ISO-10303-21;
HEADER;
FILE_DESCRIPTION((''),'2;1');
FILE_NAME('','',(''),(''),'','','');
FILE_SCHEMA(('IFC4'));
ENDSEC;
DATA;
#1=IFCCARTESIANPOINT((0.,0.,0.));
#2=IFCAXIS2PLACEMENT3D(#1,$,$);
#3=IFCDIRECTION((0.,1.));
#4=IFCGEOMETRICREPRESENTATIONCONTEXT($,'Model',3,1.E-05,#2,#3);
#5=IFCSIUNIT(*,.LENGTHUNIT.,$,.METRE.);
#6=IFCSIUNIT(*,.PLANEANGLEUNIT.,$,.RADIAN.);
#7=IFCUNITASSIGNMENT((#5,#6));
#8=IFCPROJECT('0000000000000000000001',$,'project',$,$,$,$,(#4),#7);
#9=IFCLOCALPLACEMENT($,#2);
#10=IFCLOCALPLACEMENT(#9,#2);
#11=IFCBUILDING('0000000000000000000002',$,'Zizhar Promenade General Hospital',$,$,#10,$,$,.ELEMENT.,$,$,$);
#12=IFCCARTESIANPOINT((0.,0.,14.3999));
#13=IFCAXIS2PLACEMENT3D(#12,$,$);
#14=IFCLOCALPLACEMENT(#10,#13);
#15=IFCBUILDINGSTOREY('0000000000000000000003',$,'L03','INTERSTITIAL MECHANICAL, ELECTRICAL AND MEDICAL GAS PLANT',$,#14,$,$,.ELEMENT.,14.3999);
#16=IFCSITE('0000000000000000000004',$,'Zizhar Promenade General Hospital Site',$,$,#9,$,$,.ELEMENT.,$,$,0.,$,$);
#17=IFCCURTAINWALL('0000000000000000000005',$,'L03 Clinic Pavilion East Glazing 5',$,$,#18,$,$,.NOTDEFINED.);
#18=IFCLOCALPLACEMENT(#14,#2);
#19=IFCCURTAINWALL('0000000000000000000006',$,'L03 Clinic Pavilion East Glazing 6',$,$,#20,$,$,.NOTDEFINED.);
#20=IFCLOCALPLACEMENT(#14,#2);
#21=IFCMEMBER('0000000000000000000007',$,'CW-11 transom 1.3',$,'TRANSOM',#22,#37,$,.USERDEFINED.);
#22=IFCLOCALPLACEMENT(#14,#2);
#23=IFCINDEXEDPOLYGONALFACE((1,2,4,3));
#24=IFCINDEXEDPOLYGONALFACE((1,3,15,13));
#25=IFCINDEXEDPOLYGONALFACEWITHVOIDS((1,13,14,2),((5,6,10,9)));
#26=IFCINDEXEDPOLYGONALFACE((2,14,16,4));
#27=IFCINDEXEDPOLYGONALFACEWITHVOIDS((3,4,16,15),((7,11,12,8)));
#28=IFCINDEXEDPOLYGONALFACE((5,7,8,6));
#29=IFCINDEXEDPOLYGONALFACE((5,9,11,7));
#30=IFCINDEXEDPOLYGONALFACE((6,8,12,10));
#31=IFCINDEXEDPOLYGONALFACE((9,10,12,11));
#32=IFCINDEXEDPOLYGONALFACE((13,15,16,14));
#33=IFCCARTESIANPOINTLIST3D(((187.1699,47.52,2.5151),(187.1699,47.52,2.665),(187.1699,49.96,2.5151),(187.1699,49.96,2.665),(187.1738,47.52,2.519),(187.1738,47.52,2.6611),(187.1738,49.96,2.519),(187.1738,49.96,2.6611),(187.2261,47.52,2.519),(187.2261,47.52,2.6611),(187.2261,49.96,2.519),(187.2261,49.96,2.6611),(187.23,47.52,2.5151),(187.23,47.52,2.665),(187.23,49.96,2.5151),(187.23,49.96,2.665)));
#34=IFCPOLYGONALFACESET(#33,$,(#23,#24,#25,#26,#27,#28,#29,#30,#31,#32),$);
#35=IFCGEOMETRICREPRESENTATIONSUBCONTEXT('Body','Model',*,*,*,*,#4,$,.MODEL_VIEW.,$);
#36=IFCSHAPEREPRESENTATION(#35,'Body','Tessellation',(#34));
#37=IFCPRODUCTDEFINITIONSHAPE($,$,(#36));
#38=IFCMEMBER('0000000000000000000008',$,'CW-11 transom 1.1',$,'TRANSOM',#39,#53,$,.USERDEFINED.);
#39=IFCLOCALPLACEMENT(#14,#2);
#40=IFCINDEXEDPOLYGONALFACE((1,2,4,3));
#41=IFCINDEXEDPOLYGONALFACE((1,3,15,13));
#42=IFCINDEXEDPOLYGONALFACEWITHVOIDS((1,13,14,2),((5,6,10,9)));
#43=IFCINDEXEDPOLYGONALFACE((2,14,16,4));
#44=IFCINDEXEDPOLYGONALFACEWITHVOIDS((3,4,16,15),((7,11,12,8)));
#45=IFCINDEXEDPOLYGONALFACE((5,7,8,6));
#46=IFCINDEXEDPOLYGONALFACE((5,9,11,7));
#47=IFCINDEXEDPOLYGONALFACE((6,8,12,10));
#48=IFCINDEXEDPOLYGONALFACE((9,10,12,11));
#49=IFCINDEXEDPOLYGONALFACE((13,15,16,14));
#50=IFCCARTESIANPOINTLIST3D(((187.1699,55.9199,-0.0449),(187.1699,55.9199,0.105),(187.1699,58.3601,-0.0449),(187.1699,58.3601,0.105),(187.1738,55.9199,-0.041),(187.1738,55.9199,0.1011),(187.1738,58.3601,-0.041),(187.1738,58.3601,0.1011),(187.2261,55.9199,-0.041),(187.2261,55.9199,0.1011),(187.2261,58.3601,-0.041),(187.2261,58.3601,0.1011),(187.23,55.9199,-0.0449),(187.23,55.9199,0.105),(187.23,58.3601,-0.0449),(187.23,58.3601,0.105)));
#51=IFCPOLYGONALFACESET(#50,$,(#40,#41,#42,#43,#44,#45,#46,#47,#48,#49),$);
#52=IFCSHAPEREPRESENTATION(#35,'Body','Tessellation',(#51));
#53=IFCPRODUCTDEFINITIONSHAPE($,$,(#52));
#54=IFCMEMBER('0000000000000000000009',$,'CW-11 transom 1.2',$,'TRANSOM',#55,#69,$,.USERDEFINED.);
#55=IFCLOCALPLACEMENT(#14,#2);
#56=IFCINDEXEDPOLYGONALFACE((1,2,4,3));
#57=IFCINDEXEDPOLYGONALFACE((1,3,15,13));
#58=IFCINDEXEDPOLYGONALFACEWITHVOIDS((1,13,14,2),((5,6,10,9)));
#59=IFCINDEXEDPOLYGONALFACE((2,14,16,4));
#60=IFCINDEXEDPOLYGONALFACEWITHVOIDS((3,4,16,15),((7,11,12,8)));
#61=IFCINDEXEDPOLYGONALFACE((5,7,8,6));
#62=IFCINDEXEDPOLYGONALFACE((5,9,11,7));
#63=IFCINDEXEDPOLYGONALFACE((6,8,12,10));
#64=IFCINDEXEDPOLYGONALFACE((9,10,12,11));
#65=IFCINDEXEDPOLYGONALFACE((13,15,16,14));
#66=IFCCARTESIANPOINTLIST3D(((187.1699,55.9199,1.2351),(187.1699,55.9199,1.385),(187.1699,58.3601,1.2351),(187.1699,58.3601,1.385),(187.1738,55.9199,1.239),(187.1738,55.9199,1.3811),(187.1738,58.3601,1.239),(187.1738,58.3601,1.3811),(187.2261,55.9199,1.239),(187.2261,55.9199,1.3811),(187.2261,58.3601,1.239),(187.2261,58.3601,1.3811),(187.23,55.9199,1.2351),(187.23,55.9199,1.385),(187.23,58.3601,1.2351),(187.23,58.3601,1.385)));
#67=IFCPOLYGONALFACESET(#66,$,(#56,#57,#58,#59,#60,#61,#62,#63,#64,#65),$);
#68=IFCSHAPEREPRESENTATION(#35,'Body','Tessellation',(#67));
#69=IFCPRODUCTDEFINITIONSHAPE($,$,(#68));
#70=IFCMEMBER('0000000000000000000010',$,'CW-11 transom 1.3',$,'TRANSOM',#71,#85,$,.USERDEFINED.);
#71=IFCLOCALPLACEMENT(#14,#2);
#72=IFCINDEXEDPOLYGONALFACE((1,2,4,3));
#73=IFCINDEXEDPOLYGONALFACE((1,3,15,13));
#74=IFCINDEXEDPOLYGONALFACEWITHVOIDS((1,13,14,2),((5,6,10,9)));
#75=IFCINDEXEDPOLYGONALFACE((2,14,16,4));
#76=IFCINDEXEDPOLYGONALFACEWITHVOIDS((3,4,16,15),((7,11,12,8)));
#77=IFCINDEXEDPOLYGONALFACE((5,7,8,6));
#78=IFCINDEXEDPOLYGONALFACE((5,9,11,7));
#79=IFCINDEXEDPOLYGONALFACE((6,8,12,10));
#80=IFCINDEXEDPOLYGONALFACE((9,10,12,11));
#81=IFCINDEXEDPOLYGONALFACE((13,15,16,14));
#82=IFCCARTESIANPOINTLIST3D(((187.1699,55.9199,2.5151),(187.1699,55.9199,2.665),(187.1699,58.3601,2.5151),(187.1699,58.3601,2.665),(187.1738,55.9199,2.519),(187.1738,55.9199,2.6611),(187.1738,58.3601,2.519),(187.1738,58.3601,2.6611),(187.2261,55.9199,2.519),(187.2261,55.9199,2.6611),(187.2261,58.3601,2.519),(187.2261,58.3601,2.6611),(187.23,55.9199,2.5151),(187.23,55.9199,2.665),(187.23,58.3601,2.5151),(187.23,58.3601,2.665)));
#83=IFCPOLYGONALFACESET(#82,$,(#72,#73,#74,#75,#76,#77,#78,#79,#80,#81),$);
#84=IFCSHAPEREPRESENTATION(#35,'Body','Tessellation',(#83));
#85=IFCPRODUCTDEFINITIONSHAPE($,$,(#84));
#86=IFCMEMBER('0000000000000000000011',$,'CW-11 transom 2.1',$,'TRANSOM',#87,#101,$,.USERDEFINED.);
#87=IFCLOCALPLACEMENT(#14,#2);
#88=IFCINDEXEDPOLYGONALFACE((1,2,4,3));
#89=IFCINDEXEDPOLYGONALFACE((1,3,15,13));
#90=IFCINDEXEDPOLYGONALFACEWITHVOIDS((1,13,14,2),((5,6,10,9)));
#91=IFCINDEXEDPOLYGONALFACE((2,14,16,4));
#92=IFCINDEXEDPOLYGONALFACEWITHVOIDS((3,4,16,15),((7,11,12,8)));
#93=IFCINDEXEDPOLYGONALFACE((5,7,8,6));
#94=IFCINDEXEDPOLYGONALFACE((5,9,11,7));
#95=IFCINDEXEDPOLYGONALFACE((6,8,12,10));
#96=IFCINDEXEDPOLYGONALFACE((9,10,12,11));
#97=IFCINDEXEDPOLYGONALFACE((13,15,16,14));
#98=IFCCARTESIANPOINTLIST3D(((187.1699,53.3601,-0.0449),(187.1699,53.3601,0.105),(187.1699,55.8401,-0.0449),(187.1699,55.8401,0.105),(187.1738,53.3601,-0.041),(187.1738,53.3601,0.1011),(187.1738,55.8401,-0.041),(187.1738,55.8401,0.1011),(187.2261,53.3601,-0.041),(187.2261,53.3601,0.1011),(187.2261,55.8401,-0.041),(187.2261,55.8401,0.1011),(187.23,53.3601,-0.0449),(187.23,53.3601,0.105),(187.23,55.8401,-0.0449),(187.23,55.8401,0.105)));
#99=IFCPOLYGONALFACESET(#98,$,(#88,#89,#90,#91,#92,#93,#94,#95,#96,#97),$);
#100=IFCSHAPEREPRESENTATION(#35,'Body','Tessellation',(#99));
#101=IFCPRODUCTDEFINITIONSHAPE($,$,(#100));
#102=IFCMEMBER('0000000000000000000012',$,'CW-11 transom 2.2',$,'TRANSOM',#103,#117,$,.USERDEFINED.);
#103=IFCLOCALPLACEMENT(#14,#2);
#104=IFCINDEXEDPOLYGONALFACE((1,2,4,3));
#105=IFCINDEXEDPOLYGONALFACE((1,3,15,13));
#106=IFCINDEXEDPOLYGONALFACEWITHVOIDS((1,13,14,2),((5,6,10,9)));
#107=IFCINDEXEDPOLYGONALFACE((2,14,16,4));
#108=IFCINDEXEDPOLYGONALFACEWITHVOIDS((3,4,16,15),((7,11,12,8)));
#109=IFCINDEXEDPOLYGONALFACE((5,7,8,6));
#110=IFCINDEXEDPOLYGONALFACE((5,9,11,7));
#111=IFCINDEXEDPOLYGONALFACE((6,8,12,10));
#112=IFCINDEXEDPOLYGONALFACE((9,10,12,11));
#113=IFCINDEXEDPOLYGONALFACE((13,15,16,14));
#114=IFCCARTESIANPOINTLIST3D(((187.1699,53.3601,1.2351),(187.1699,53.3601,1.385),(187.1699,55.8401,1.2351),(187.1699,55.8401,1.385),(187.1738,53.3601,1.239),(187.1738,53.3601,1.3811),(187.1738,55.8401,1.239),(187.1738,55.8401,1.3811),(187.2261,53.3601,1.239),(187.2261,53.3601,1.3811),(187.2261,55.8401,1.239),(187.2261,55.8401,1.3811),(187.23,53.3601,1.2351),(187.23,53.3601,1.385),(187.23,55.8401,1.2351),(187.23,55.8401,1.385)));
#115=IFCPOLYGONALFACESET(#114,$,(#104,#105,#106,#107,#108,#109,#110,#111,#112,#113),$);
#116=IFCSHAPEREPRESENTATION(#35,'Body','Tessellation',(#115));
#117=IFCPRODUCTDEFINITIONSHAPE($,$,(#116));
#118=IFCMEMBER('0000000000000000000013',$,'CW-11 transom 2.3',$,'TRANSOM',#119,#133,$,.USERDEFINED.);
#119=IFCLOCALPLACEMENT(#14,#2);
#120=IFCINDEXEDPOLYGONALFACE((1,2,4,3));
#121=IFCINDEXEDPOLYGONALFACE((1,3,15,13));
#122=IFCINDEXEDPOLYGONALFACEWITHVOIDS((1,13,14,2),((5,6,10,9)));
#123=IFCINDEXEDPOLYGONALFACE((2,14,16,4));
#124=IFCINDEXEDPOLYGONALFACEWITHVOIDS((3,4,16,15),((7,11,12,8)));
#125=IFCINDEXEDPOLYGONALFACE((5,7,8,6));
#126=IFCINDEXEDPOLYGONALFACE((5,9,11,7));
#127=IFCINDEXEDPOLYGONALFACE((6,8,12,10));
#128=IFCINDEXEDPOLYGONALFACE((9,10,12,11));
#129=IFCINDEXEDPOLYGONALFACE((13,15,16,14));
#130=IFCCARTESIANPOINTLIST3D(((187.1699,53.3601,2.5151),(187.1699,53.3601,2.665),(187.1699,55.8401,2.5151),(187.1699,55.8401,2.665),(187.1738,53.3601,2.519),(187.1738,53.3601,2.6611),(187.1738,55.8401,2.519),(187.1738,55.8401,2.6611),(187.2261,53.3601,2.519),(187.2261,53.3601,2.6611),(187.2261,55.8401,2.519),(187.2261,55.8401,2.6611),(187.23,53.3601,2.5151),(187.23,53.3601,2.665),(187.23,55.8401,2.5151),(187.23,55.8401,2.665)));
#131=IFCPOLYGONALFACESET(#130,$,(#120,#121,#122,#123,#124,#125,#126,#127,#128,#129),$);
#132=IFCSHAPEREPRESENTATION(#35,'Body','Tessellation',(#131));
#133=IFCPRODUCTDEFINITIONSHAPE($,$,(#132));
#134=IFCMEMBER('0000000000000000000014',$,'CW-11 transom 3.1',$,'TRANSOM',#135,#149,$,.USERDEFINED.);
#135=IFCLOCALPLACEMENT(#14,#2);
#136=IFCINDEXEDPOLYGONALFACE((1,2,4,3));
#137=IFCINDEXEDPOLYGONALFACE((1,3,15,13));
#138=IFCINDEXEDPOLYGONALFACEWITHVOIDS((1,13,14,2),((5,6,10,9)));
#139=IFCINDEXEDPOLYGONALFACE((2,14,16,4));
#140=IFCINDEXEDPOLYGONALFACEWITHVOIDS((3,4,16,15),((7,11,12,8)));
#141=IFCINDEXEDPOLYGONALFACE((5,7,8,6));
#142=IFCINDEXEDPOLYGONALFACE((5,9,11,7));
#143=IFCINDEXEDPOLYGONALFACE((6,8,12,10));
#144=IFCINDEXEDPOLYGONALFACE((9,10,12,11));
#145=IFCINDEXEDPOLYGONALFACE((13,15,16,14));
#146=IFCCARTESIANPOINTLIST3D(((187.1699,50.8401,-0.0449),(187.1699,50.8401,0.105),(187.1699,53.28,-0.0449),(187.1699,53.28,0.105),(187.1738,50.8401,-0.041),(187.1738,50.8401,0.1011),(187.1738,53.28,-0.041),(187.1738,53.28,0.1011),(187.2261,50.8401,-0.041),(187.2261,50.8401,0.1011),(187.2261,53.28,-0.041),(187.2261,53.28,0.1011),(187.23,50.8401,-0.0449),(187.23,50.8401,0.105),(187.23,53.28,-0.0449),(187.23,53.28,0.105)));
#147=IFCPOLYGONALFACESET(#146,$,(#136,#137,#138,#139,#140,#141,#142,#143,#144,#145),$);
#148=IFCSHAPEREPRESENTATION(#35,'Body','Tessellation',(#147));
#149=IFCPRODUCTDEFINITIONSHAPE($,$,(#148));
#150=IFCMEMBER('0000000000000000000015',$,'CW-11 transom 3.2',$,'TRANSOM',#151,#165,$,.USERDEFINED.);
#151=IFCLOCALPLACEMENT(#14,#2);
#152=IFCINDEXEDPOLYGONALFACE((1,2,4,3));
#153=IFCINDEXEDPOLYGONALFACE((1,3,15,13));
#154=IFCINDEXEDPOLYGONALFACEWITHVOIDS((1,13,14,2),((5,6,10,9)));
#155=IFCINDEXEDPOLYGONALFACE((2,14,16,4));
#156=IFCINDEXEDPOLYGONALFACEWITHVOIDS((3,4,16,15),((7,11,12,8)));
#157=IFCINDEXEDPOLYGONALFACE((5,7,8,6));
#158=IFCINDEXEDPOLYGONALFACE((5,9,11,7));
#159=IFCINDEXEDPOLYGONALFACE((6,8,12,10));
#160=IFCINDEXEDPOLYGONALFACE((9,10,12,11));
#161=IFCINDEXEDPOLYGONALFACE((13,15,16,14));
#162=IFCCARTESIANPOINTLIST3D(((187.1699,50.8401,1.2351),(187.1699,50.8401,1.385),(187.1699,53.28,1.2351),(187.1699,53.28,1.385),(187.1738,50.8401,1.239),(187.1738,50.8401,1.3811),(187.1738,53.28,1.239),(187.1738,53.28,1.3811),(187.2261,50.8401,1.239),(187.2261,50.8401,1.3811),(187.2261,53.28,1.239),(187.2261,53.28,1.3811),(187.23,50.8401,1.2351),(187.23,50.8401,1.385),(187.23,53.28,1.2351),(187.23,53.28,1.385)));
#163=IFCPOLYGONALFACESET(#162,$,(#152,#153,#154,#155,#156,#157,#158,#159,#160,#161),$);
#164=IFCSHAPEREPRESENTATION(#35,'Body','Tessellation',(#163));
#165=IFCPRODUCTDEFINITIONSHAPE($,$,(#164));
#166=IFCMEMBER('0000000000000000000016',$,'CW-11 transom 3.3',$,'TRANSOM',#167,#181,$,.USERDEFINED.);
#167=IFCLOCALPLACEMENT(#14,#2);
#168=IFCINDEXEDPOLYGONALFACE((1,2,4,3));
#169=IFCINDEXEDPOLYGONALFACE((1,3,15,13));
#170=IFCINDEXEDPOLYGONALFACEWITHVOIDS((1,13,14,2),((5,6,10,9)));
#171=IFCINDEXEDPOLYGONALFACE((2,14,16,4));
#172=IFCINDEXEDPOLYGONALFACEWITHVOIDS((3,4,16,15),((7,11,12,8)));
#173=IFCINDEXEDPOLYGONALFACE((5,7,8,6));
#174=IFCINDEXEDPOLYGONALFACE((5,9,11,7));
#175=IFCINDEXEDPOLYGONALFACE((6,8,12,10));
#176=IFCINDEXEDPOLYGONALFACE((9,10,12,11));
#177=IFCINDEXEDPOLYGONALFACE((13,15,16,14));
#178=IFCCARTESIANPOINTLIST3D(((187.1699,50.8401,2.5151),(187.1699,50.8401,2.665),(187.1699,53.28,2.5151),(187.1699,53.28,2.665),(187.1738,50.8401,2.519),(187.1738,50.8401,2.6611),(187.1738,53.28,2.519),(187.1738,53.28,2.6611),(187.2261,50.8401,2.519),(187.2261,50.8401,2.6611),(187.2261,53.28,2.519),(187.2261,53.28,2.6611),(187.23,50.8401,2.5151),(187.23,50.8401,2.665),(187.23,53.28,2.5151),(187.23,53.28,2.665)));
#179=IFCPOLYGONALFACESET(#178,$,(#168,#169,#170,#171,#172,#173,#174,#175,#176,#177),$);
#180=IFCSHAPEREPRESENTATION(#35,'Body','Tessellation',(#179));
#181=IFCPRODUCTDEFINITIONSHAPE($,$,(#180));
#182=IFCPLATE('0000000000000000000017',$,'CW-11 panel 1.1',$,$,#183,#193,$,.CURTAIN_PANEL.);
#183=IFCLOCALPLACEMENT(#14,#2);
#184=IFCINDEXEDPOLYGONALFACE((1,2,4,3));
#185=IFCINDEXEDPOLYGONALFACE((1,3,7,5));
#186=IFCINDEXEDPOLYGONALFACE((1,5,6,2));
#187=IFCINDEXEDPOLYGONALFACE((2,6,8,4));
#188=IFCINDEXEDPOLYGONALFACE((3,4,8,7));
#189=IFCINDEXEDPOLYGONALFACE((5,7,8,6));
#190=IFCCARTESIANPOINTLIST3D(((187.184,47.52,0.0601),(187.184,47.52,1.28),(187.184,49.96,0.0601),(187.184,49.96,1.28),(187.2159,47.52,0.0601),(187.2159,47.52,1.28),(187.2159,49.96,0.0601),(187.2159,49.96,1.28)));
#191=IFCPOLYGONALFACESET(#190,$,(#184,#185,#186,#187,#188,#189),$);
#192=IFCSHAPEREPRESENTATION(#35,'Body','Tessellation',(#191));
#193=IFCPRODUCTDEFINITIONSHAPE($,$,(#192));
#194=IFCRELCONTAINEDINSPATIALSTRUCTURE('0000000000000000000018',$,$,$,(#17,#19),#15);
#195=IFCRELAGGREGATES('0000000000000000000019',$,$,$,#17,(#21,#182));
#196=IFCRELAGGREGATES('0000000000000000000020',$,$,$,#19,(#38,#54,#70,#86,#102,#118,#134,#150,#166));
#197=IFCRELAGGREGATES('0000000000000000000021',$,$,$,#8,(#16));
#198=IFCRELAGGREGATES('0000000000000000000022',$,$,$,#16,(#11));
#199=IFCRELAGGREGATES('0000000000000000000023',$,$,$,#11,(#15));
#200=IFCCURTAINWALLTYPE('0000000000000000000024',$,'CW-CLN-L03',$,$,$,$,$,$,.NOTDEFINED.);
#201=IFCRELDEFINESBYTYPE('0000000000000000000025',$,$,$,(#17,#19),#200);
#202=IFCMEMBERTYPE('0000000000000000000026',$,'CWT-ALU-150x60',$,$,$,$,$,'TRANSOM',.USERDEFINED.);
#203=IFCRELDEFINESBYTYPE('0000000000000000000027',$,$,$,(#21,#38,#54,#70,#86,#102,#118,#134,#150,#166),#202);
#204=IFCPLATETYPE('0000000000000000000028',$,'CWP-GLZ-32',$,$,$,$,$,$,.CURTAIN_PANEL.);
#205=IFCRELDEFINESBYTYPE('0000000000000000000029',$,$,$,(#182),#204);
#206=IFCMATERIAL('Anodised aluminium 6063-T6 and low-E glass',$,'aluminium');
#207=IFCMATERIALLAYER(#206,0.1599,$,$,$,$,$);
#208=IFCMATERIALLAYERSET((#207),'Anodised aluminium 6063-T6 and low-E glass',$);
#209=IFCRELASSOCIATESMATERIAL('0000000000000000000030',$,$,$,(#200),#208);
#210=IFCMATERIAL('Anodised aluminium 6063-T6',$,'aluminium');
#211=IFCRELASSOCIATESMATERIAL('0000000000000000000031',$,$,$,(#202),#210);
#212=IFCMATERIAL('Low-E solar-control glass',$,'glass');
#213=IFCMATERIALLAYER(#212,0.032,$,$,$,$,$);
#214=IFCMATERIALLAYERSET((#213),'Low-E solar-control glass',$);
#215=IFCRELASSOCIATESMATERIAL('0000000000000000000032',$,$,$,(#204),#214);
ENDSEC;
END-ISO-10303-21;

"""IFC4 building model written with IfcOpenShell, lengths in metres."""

from ifc_helpers import new_model, si_unit, direction, frame, origin, origin_2d, place, context, subcontext, project, spatial, rectangle, hollow_rectangle, extrude, material, layer, layer_set, material_profile, profile_set, type_object, element, aggregate, save


model = new_model("IFC4")

# Units and contexts
model_context = context("Model", 3, precision=1e-05, world=origin(), true_north=direction((0.0, 1.0)))
body_context = subcontext(model_context, "Body", "Model", "MODEL_VIEW")
ifc_project = project(units=[si_unit("LENGTHUNIT", "METRE"), si_unit("PLANEANGLEUNIT", "RADIAN")], contexts=[model_context])

# Site, building, storey
site_placement = place(None, origin())
site = spatial("IfcSite", under=ifc_project, at=site_placement, Name="Zizhar Promenade General Hospital Site", CompositionType="ELEMENT", RefElevation=0.0)
building_placement = place(site_placement, origin())
building = spatial("IfcBuilding", under=site, at=building_placement, Name="Zizhar Promenade General Hospital", CompositionType="ELEMENT")
storey_placement = place(building_placement, frame((0.0, 0.0, 14.3999)))
storey = spatial("IfcBuildingStorey", under=building, at=storey_placement, Name="L03", Description="INTERSTITIAL MECHANICAL, ELECTRICAL AND MEDICAL GAS PLANT", CompositionType="ELEMENT", Elevation=14.3999)

# Curtain walls
ifc_material_1 = material(Name="Anodised aluminium 6063-T6 and low-E glass", Category="aluminium")
ifc_layer_1 = layer(ifc_material_1, 0.1599)
ifc_layer_set_1 = layer_set([ifc_layer_1], Name="Anodised aluminium 6063-T6 and low-E glass")
curtain_wall_type = type_object("IfcCurtainWallType", Name="CW-CLN-L03", PredefinedType="NOTDEFINED", material=ifc_layer_set_1)
curtain_wall_1_placement = place(storey_placement, origin())
curtain_wall_1 = element("IfcCurtainWall", 1, at=curtain_wall_1_placement, inside=storey, type_object=curtain_wall_type, Name="L03 Clinic Pavilion East Glazing 5", PredefinedType="NOTDEFINED")
curtain_wall_2_placement = place(storey_placement, origin())
curtain_wall_2 = element("IfcCurtainWall", 2, at=curtain_wall_2_placement, inside=storey, type_object=curtain_wall_type, Name="L03 Clinic Pavilion East Glazing 6", PredefinedType="NOTDEFINED")

# Members
ifc_material_2 = material(Name="Anodised aluminium 6063-T6", Category="aluminium")
ifc_material_profile_1 = material_profile(ifc_material_2, hollow_rectangle(XDim=0.0601, YDim=0.1499, WallThickness=0.0039, at=origin_2d()))
ifc_profile_set_1 = profile_set([ifc_material_profile_1], Name="Anodised aluminium 6063-T6")
member_type_1 = type_object("IfcMemberType", Name="CWT-ALU-150x60", ElementType="TRANSOM", PredefinedType="USERDEFINED", material=ifc_profile_set_1)
member_1_placement = place(storey_placement, frame((187.2, 49.96, 2.5901), z_axis=(0.0, -1.0, 0.0), x_axis=(1.0, 0.0, 0.0)))
member_1 = element("IfcMember", 3, at=member_1_placement, type_object=member_type_1, Name="CW-11 transom 1.3", ObjectType="TRANSOM", PredefinedType="USERDEFINED", context=body_context, shape_type="SweptSolid", body=[
    extrude(hollow_rectangle(XDim=0.0601, YDim=0.1499, WallThickness=0.0039, at=origin_2d()), origin(), (0.0, 0.0, 1.0), 2.4399),
])
member_2_placement = place(storey_placement, frame((187.2, 58.3601, 0.03), z_axis=(0.0, -1.0, 0.0), x_axis=(1.0, 0.0, 0.0)))
member_2 = element("IfcMember", 4, at=member_2_placement, type_object=member_type_1, Name="CW-11 transom 1.1", ObjectType="TRANSOM", PredefinedType="USERDEFINED", context=body_context, shape_type="SweptSolid", body=[
    extrude(hollow_rectangle(XDim=0.0601, YDim=0.1499, WallThickness=0.0039, at=origin_2d()), origin(), (0.0, 0.0, 1.0), 2.4402),
])
member_3_placement = place(storey_placement, frame((187.2, 58.3601, 1.3101), z_axis=(0.0, -1.0, 0.0), x_axis=(1.0, 0.0, 0.0)))
member_3 = element("IfcMember", 5, at=member_3_placement, type_object=member_type_1, Name="CW-11 transom 1.2", ObjectType="TRANSOM", PredefinedType="USERDEFINED", context=body_context, shape_type="SweptSolid", body=[
    extrude(hollow_rectangle(XDim=0.0601, YDim=0.1499, WallThickness=0.0039, at=origin_2d()), origin(), (0.0, 0.0, 1.0), 2.4402),
])
member_4_placement = place(storey_placement, frame((187.2, 58.3601, 2.5901), z_axis=(0.0, -1.0, 0.0), x_axis=(1.0, 0.0, 0.0)))
member_4 = element("IfcMember", 6, at=member_4_placement, type_object=member_type_1, Name="CW-11 transom 1.3", ObjectType="TRANSOM", PredefinedType="USERDEFINED", context=body_context, shape_type="SweptSolid", body=[
    extrude(hollow_rectangle(XDim=0.0601, YDim=0.1499, WallThickness=0.0039, at=origin_2d()), origin(), (0.0, 0.0, 1.0), 2.4402),
])
member_5_placement = place(storey_placement, frame((187.2, 55.8401, 0.03), z_axis=(0.0, -1.0, 0.0), x_axis=(1.0, 0.0, 0.0)))
member_5 = element("IfcMember", 7, at=member_5_placement, type_object=member_type_1, Name="CW-11 transom 2.1", ObjectType="TRANSOM", PredefinedType="USERDEFINED", context=body_context, shape_type="SweptSolid", body=[
    extrude(hollow_rectangle(XDim=0.0601, YDim=0.1499, WallThickness=0.0039, at=origin_2d()), origin(), (0.0, 0.0, 1.0), 2.48),
])
member_6_placement = place(storey_placement, frame((187.2, 55.8401, 1.3101), z_axis=(0.0, -1.0, 0.0), x_axis=(1.0, 0.0, 0.0)))
member_6 = element("IfcMember", 8, at=member_6_placement, type_object=member_type_1, Name="CW-11 transom 2.2", ObjectType="TRANSOM", PredefinedType="USERDEFINED", context=body_context, shape_type="SweptSolid", body=[
    extrude(hollow_rectangle(XDim=0.0601, YDim=0.1499, WallThickness=0.0039, at=origin_2d()), origin(), (0.0, 0.0, 1.0), 2.48),
])
member_7_placement = place(storey_placement, frame((187.2, 55.8401, 2.5901), z_axis=(0.0, -1.0, 0.0), x_axis=(1.0, 0.0, 0.0)))
member_7 = element("IfcMember", 9, at=member_7_placement, type_object=member_type_1, Name="CW-11 transom 2.3", ObjectType="TRANSOM", PredefinedType="USERDEFINED", context=body_context, shape_type="SweptSolid", body=[
    extrude(hollow_rectangle(XDim=0.0601, YDim=0.1499, WallThickness=0.0039, at=origin_2d()), origin(), (0.0, 0.0, 1.0), 2.48),
])
member_8_placement = place(storey_placement, frame((187.2, 53.28, 0.03), z_axis=(0.0, -1.0, 0.0), x_axis=(1.0, 0.0, 0.0)))
member_8 = element("IfcMember", 10, at=member_8_placement, type_object=member_type_1, Name="CW-11 transom 3.1", ObjectType="TRANSOM", PredefinedType="USERDEFINED", context=body_context, shape_type="SweptSolid", body=[
    extrude(hollow_rectangle(XDim=0.0601, YDim=0.1499, WallThickness=0.0039, at=origin_2d()), origin(), (0.0, 0.0, 1.0), 2.4399),
])
member_9_placement = place(storey_placement, frame((187.2, 53.28, 1.3101), z_axis=(0.0, -1.0, 0.0), x_axis=(1.0, 0.0, 0.0)))
member_9 = element("IfcMember", 11, at=member_9_placement, type_object=member_type_1, Name="CW-11 transom 3.2", ObjectType="TRANSOM", PredefinedType="USERDEFINED", context=body_context, shape_type="SweptSolid", body=[
    extrude(hollow_rectangle(XDim=0.0601, YDim=0.1499, WallThickness=0.0039, at=origin_2d()), origin(), (0.0, 0.0, 1.0), 2.4399),
])
member_10_placement = place(storey_placement, frame((187.2, 53.28, 2.5901), z_axis=(0.0, -1.0, 0.0), x_axis=(1.0, 0.0, 0.0)))
member_10 = element("IfcMember", 12, at=member_10_placement, type_object=member_type_1, Name="CW-11 transom 3.3", ObjectType="TRANSOM", PredefinedType="USERDEFINED", context=body_context, shape_type="SweptSolid", body=[
    extrude(hollow_rectangle(XDim=0.0601, YDim=0.1499, WallThickness=0.0039, at=origin_2d()), origin(), (0.0, 0.0, 1.0), 2.4399),
])

# Plate
ifc_material_3 = material(Name="Low-E solar-control glass", Category="glass")
ifc_layer_2 = layer(ifc_material_3, 0.032)
ifc_layer_set_2 = layer_set([ifc_layer_2], Name="Low-E solar-control glass")
plate_type = type_object("IfcPlateType", Name="CWP-GLZ-32", PredefinedType="CURTAIN_PANEL", material=ifc_layer_set_2)
plate_1_placement = place(storey_placement, frame((187.2, 48.74, 0.0601), z_axis=(0.0, 0.0, 1.0), x_axis=(0.0, -1.0, 0.0)))
plate_1 = element("IfcPlate", 13, at=plate_1_placement, type_object=plate_type, Name="CW-11 panel 1.1", PredefinedType="CURTAIN_PANEL", context=body_context, shape_type="SweptSolid", body=[
    extrude(rectangle(XDim=2.4399, YDim=0.032, at=origin_2d()), origin(), (0.0, 0.0, 1.0), 1.22),
])
aggregate(curtain_wall_1, [member_1, plate_1])
aggregate(curtain_wall_2, [member_2, member_3, member_4, member_5, member_6, member_7, member_8, member_9, member_10])

save(model, "model.ifc")
